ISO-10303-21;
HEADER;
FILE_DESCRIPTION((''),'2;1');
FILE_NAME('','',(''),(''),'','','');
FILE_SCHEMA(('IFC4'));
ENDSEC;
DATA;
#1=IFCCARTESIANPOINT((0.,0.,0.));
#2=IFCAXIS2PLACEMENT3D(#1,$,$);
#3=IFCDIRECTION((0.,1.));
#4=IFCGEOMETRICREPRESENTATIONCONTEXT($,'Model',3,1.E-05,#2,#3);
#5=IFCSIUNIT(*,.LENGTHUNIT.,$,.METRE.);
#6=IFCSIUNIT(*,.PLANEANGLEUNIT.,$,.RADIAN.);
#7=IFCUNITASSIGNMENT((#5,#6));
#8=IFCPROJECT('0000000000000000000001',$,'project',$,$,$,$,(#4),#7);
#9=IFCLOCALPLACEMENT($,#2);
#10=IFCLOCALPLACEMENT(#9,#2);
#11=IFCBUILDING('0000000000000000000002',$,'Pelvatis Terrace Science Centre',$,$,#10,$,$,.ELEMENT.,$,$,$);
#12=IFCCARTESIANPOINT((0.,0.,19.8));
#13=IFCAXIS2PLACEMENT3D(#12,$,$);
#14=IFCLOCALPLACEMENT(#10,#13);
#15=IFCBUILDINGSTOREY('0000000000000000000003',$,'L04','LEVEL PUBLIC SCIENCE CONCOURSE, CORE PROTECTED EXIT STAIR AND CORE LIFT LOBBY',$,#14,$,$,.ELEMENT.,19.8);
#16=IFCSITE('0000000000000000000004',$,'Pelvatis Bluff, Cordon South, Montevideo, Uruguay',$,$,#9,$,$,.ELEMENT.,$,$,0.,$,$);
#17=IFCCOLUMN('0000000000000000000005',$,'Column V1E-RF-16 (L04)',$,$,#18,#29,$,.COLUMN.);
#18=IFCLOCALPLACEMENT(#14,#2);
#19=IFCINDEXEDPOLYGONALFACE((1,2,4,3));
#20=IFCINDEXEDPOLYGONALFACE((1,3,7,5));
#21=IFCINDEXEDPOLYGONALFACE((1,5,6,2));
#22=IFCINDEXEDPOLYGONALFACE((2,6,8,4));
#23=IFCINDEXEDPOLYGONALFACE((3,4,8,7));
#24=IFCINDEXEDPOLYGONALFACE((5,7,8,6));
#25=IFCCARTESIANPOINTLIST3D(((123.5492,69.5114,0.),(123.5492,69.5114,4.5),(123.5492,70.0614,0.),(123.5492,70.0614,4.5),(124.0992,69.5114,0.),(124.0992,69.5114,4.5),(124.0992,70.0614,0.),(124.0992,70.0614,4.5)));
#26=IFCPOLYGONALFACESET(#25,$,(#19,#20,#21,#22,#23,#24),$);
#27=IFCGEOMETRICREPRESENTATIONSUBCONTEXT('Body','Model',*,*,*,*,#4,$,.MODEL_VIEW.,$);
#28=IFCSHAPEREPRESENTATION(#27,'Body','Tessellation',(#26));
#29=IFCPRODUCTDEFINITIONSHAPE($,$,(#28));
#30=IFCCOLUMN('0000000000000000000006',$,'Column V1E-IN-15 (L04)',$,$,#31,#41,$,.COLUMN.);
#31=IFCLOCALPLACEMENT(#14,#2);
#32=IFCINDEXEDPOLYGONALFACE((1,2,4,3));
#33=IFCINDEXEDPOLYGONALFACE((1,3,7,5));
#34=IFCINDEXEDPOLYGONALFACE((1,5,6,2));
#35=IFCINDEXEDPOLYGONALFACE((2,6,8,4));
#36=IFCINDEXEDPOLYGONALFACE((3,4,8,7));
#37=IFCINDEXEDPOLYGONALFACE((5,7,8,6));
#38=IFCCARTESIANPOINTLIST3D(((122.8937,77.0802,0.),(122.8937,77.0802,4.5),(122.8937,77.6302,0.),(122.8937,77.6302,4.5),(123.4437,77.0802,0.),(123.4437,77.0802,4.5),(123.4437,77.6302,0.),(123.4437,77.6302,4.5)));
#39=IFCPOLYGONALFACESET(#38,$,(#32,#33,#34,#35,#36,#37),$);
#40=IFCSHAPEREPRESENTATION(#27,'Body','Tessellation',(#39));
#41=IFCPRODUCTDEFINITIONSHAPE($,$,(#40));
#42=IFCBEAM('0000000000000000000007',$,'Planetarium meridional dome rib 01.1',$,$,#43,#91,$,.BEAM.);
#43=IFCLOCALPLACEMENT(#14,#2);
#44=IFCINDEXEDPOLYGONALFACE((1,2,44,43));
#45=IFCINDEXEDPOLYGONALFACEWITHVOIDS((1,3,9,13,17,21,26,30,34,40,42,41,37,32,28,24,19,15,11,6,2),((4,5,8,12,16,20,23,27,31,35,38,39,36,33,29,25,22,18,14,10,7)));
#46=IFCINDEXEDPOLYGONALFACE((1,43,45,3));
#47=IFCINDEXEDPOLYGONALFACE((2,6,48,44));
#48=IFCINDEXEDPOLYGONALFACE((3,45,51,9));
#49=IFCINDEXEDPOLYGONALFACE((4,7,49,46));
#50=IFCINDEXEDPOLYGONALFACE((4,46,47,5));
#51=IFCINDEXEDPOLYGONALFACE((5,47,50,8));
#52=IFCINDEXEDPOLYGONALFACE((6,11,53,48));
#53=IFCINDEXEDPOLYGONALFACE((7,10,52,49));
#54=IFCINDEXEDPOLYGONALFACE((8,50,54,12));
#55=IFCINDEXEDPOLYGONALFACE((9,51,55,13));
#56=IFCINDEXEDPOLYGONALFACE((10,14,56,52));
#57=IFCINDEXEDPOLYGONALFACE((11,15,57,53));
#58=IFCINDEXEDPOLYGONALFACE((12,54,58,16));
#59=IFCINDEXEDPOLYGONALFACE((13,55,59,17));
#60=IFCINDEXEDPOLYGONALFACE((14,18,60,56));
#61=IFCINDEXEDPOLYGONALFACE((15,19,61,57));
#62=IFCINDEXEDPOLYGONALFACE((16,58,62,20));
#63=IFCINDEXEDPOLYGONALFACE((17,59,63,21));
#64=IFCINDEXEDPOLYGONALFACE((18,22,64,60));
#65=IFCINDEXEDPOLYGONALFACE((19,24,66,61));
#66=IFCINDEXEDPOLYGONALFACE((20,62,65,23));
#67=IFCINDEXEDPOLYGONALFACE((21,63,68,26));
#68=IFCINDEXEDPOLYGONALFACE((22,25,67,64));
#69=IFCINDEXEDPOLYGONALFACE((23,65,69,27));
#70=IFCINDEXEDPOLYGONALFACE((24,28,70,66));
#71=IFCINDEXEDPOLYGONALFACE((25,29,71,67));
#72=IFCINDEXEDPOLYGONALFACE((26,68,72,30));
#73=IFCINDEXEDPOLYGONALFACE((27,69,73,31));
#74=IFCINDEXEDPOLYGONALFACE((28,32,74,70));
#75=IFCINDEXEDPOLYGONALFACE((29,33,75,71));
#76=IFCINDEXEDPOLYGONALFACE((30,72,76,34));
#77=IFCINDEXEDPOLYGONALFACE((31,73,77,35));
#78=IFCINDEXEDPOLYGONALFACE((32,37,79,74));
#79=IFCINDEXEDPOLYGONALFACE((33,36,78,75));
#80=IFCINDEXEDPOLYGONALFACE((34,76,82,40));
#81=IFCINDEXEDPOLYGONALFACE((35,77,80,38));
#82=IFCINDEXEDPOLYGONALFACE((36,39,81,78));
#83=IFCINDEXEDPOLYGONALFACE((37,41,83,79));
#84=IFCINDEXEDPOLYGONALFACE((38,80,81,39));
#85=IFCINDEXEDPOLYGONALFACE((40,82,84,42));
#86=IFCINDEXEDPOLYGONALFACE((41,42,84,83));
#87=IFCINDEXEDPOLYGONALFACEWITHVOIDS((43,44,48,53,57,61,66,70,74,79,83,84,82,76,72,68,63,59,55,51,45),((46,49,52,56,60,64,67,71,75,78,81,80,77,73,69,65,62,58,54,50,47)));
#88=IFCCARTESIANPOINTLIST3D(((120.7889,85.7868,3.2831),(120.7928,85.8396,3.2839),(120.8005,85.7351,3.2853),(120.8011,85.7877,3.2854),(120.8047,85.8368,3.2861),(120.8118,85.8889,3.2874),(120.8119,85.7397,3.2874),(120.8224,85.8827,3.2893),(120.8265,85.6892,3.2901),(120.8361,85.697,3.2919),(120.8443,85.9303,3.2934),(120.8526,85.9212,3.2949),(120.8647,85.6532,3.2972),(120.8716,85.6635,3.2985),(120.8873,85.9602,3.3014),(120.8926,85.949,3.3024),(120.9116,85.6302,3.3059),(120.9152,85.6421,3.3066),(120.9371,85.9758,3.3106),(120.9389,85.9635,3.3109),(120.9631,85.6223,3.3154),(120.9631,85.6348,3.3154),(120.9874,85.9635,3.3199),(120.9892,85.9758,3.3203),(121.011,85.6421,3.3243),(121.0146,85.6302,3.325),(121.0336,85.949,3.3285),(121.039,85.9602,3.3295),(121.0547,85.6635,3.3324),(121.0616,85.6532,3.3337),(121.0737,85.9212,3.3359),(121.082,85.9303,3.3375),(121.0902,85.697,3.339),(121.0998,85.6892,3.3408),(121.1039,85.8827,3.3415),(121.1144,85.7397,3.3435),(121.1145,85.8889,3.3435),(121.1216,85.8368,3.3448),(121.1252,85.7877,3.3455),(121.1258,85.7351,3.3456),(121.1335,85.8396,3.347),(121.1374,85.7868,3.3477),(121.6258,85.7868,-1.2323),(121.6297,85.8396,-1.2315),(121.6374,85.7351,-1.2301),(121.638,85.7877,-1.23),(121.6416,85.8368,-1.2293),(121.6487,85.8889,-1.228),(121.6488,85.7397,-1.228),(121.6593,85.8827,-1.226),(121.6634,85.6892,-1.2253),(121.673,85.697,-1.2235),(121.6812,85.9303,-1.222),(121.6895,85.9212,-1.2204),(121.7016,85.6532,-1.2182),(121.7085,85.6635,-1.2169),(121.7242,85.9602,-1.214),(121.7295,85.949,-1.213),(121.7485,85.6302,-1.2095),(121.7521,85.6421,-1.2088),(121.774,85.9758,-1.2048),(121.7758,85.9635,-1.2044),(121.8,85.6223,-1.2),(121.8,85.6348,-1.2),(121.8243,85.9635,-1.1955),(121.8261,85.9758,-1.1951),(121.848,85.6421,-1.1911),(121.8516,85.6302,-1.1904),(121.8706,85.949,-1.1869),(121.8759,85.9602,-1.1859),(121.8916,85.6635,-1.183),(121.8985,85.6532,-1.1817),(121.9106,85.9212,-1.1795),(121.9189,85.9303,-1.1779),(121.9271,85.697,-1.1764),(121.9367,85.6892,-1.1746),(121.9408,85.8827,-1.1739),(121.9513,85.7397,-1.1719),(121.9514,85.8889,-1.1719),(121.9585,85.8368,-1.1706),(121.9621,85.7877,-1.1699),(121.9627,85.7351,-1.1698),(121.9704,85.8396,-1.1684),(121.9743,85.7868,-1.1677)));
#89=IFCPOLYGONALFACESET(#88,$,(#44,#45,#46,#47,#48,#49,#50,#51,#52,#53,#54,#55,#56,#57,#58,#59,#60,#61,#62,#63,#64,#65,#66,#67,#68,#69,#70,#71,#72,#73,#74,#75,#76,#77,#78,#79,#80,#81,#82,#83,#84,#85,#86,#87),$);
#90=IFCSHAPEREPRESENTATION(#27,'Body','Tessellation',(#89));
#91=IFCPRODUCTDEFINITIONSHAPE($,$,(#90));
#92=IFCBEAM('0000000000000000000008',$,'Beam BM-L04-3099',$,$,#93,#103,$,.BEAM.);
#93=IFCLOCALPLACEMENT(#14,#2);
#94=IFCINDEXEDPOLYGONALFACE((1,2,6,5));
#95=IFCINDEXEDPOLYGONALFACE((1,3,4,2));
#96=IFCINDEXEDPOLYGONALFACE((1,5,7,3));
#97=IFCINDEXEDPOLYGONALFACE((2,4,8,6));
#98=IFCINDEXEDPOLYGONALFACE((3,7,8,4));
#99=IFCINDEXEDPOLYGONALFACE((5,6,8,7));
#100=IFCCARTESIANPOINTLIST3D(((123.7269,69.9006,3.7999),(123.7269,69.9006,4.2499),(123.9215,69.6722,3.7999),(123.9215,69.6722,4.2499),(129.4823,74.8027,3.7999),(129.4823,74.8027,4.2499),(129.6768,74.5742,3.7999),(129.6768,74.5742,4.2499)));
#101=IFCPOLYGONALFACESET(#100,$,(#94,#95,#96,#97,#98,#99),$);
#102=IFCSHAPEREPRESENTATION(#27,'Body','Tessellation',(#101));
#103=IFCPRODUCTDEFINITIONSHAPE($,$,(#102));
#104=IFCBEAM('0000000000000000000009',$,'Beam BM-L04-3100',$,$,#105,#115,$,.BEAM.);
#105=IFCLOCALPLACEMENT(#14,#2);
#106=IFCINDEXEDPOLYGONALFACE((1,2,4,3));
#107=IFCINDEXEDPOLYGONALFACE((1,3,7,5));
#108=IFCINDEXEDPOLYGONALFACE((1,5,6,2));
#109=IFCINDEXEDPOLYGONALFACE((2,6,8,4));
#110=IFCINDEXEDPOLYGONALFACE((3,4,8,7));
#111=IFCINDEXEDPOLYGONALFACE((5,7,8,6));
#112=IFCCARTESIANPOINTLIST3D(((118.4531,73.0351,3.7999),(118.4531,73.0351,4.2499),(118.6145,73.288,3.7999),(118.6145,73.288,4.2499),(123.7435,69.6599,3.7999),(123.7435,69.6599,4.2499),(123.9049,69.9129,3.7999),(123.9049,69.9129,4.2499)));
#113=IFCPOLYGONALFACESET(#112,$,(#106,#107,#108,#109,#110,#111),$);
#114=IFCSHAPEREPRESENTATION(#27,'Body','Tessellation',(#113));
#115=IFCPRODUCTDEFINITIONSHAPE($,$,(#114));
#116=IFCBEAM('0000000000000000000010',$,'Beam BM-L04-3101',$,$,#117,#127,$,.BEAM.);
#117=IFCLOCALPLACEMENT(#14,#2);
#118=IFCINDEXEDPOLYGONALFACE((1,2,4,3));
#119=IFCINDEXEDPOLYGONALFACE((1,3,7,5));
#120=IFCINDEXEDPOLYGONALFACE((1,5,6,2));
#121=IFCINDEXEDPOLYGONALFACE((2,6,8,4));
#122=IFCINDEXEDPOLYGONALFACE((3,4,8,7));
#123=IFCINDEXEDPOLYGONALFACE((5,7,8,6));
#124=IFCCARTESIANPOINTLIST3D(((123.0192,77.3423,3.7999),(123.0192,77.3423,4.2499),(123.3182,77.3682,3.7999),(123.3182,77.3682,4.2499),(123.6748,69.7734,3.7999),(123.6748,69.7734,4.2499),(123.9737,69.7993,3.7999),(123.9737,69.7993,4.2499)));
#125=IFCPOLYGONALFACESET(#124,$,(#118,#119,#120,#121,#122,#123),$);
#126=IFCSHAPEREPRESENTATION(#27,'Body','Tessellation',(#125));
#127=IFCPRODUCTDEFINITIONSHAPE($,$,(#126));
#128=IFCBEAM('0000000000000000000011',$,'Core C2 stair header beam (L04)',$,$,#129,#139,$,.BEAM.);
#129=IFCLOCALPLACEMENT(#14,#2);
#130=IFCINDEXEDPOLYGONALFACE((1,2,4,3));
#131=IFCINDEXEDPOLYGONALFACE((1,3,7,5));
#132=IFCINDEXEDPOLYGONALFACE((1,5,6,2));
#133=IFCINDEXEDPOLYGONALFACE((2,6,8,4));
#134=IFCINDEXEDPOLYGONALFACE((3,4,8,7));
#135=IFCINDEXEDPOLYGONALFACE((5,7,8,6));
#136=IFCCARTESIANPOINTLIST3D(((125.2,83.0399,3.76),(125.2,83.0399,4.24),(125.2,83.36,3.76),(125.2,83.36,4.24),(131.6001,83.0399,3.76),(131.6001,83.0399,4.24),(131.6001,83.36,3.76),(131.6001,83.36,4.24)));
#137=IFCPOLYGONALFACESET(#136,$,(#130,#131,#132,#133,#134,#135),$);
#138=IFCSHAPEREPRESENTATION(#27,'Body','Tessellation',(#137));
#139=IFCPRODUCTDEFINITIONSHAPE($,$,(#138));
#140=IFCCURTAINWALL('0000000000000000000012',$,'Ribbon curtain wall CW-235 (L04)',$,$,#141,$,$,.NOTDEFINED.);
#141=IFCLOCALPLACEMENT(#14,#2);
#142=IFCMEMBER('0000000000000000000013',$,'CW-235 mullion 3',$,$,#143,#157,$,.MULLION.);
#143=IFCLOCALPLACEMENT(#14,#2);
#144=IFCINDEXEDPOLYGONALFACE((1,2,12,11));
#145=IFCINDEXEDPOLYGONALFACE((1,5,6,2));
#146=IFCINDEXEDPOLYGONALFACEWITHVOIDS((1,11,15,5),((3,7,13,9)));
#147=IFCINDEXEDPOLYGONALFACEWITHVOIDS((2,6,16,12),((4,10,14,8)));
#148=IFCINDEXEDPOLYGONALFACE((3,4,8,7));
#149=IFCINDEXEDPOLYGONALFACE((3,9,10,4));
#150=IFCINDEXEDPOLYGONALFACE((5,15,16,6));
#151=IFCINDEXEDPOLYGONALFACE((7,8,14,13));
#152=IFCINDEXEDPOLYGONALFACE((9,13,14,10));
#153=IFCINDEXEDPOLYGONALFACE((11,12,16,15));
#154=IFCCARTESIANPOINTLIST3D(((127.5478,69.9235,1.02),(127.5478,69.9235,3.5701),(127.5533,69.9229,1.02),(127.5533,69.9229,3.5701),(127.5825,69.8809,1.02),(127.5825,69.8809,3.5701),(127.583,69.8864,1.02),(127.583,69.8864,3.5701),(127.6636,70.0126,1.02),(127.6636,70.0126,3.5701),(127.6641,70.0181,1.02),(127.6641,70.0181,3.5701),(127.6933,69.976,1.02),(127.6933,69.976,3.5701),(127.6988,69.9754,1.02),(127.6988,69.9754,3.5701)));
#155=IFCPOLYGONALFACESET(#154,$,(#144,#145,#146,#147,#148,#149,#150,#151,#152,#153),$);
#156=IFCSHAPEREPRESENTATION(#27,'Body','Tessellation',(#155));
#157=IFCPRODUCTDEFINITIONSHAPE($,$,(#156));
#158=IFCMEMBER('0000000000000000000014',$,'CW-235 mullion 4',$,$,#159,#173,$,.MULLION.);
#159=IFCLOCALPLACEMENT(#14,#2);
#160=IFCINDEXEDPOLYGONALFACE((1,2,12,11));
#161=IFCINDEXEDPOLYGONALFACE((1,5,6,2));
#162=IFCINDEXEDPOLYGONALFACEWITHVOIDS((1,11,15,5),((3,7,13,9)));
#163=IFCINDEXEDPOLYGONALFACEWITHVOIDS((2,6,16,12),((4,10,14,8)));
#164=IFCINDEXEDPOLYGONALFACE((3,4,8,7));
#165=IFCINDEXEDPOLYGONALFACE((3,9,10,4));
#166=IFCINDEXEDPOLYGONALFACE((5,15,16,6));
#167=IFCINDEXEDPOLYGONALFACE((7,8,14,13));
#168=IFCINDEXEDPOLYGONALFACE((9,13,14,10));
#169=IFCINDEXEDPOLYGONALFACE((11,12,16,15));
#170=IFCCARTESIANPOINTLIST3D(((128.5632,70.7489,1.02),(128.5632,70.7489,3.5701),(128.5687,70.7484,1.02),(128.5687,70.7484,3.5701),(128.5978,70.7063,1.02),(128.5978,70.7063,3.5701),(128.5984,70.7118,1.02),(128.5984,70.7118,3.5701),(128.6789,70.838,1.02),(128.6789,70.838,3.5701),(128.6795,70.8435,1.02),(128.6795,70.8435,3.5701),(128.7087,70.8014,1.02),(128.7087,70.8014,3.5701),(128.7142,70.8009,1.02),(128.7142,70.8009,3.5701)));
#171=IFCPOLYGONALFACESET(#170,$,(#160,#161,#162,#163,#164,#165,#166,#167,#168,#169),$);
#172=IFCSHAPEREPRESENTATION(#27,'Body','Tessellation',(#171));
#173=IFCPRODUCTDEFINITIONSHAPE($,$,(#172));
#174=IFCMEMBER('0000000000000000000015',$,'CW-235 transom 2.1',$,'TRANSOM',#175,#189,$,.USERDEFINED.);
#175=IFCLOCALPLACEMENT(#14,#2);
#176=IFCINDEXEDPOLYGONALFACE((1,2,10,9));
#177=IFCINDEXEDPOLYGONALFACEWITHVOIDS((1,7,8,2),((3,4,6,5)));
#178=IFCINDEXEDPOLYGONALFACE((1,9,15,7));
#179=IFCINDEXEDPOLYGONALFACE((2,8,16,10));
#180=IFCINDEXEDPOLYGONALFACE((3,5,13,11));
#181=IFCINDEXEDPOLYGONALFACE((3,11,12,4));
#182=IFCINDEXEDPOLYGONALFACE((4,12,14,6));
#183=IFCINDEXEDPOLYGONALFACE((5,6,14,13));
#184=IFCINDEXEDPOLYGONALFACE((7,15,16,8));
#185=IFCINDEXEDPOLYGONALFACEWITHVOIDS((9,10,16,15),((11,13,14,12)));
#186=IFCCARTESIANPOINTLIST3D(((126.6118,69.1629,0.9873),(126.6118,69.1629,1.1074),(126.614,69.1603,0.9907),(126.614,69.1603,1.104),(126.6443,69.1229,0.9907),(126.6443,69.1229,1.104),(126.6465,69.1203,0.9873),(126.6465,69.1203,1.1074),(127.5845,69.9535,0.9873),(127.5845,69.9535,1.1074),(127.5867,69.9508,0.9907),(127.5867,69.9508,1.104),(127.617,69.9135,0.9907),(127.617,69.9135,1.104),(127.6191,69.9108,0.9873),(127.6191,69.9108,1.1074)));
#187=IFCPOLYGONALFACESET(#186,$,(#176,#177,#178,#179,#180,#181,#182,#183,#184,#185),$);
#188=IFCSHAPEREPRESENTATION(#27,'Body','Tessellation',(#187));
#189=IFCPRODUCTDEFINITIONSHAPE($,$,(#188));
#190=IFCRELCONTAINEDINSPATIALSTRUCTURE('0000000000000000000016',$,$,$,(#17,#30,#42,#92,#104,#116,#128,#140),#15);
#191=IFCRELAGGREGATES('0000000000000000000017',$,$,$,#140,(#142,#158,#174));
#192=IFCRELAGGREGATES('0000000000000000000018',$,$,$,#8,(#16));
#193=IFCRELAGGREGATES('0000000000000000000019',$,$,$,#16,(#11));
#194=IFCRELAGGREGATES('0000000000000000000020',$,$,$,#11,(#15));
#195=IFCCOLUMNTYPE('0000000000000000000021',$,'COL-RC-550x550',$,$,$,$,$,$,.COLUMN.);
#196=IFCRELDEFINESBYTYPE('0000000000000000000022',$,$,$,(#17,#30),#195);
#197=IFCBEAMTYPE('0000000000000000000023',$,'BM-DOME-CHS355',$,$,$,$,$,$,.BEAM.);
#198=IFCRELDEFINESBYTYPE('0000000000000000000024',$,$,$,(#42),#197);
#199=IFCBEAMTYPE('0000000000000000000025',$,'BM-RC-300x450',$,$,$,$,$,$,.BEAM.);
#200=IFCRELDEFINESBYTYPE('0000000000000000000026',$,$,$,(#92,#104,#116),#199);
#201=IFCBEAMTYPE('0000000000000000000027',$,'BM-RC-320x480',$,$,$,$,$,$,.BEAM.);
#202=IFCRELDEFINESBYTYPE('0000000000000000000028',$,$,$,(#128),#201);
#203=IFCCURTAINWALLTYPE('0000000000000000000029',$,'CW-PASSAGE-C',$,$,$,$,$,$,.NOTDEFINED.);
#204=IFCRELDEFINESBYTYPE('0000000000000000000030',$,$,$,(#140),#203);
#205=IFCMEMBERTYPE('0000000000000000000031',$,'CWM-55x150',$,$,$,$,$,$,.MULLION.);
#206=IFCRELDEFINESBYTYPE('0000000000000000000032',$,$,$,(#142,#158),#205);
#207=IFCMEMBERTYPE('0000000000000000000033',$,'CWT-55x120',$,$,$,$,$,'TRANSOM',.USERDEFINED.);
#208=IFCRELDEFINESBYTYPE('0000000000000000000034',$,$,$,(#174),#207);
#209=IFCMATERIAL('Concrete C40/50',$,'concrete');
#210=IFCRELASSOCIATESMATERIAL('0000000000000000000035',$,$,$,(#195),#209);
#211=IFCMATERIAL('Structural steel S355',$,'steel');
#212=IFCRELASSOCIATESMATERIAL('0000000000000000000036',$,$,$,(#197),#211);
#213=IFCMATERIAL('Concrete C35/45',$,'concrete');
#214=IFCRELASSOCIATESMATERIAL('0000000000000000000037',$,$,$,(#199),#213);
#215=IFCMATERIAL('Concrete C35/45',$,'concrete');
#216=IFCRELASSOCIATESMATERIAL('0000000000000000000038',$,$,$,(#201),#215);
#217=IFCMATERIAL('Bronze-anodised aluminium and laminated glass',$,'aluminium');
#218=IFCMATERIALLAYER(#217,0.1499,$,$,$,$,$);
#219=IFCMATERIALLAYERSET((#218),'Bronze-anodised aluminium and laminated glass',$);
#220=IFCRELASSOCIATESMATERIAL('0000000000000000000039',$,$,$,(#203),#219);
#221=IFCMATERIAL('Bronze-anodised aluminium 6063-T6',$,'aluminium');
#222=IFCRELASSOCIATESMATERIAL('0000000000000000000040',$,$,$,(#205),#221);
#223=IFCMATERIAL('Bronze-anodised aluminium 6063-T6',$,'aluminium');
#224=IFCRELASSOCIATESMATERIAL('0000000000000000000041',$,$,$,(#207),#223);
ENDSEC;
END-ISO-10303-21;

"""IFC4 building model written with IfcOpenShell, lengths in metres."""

from ifc_helpers import new_model, si_unit, direction, frame, origin, origin_2d, place, context, subcontext, project, spatial, rectangle, hollow_rectangle, hollow_circle, extrude, material, layer, layer_set, material_profile, profile_set, type_object, element, aggregate, save


model = new_model("IFC4")

# Units and contexts
model_context = context("Model", 3, precision=1e-05, world=origin(), true_north=direction((0.0, 1.0)))
body_context = subcontext(model_context, "Body", "Model", "MODEL_VIEW")
ifc_project = project(units=[si_unit("LENGTHUNIT", "METRE"), si_unit("PLANEANGLEUNIT", "RADIAN")], contexts=[model_context])

# Site, building, storey
site_placement = place(None, origin())
site = spatial("IfcSite", under=ifc_project, at=site_placement, Name="Pelvatis Bluff, Cordon South, Montevideo, Uruguay", CompositionType="ELEMENT", RefElevation=0.0)
building_placement = place(site_placement, origin())
building = spatial("IfcBuilding", under=site, at=building_placement, Name="Pelvatis Terrace Science Centre", CompositionType="ELEMENT")
storey_placement = place(building_placement, frame((0.0, 0.0, 19.8)))
storey = spatial("IfcBuildingStorey", under=building, at=storey_placement, Name="L04", Description="LEVEL PUBLIC SCIENCE CONCOURSE, CORE PROTECTED EXIT STAIR AND CORE LIFT LOBBY", CompositionType="ELEMENT", Elevation=19.8)

# Columns
ifc_material_1 = material(Name="Concrete C40/50", Category="concrete")
ifc_material_profile_1 = material_profile(ifc_material_1, rectangle(XDim=0.55, YDim=0.55, at=origin_2d()), Name="RC-COL 550x550")
ifc_profile_set_1 = profile_set([ifc_material_profile_1], Name="Concrete C40/50")
column_type = type_object("IfcColumnType", Name="COL-RC-550x550", PredefinedType="COLUMN", material=ifc_profile_set_1)
for number, where, z_axis, x_axis, name in (
    (1, (123.8242, 69.7864, 0.0), (0.0, 0.0, 1.0), (1.0, 0.0, 0.0), "Column V1E-RF-16 (L04)"),
    (2, (123.1687, 77.3552, 0.0), (0.0, 0.0, 1.0), (1.0, 0.0, 0.0), "Column V1E-IN-15 (L04)"),
):
    element("IfcColumn", number, at=place(storey_placement, frame(where, z_axis=z_axis, x_axis=x_axis)), inside=storey, type_object=column_type, Name=name, PredefinedType="COLUMN", context=body_context, shape_type="SweptSolid", body=[
        extrude(rectangle(XDim=0.55, YDim=0.55, at=origin_2d()), origin(), (0.0, 0.0, 1.0), 4.5),
    ])

# Beams
ifc_material_2 = material(Name="Structural steel S355", Category="steel")
ifc_material_profile_2 = material_profile(ifc_material_2, hollow_circle(Radius=0.1777, WallThickness=0.0125, at=origin_2d()), Name="CHS 355.6x12.5")
ifc_profile_set_2 = profile_set([ifc_material_profile_2], Name="Structural steel S355")
beam_type_1 = type_object("IfcBeamType", Name="BM-DOME-CHS355", PredefinedType="BEAM", material=ifc_profile_set_2)
beam_1_placement = place(storey_placement, frame((121.8, 85.8, -1.2), z_axis=(-0.182243, 0.0, 0.983253), x_axis=(0.0, -1.0, 0.0)))
element("IfcBeam", 3, at=beam_1_placement, inside=storey, type_object=beam_type_1, Name="Planetarium meridional dome rib 01.1", PredefinedType="BEAM", context=body_context, shape_type="SweptSolid", body=[
    extrude(hollow_circle(Radius=0.1777, WallThickness=0.0125, at=origin_2d()), origin(), (0.0, 0.0, 1.0), 4.5923),
])
ifc_material_3 = material(Name="Concrete C35/45", Category="concrete")
ifc_material_profile_3 = material_profile(ifc_material_3, rectangle(XDim=0.3, YDim=0.45, at=origin_2d()), Name="RC-BM 300x450")
ifc_profile_set_3 = profile_set([ifc_material_profile_3], Name="Concrete C35/45")
beam_type_2 = type_object("IfcBeamType", Name="BM-RC-300x450", PredefinedType="BEAM", material=ifc_profile_set_3)
beam_2_placement = place(storey_placement, frame((123.8242, 69.7864, 4.0249), z_axis=(0.761284, 0.648419, 0.0), x_axis=(-0.648419, 0.761284, 0.0)))
element("IfcBeam", 4, at=beam_2_placement, inside=storey, type_object=beam_type_2, Name="Beam BM-L04-3099", PredefinedType="BEAM", context=body_context, shape_type="SweptSolid", body=[
    extrude(rectangle(XDim=0.3, YDim=0.45, at=origin_2d()), origin(), (0.0, 0.0, 1.0), 7.5601),
])
beam_3_placement = place(storey_placement, frame((123.8242, 69.7864, 4.0249), z_axis=(-0.843044, 0.537844, 0.0), x_axis=(-0.537844, -0.843044, 0.0)))
element("IfcBeam", 5, at=beam_3_placement, inside=storey, type_object=beam_type_2, Name="Beam BM-L04-3100", PredefinedType="BEAM", context=body_context, shape_type="SweptSolid", body=[
    extrude(rectangle(XDim=0.3, YDim=0.45, at=origin_2d()), origin(), (0.0, 0.0, 1.0), 6.2754),
])
beam_4_placement = place(storey_placement, frame((123.8242, 69.7864, 4.0249), z_axis=(-0.086284, 0.996271, 0.0), x_axis=(-0.996271, -0.086284, 0.0)))
element("IfcBeam", 6, at=beam_4_placement, inside=storey, type_object=beam_type_2, Name="Beam BM-L04-3101", PredefinedType="BEAM", context=body_context, shape_type="SweptSolid", body=[
    extrude(rectangle(XDim=0.3, YDim=0.45, at=origin_2d()), origin(), (0.0, 0.0, 1.0), 7.5972),
])
ifc_material_4 = material(Name="Concrete C35/45", Category="concrete")
ifc_material_profile_4 = material_profile(ifc_material_4, rectangle(XDim=0.3201, YDim=0.48, at=origin_2d()), Name="RC-BM 320x480")
ifc_profile_set_4 = profile_set([ifc_material_profile_4], Name="Concrete C35/45")
beam_type_3 = type_object("IfcBeamType", Name="BM-RC-320x480", PredefinedType="BEAM", material=ifc_profile_set_4)
beam_5_placement = place(storey_placement, frame((125.2, 83.2, 4.0), z_axis=(1.0, 0.0, 0.0), x_axis=(0.0, 1.0, 0.0)))
element("IfcBeam", 7, at=beam_5_placement, inside=storey, type_object=beam_type_3, Name="Core C2 stair header beam (L04)", PredefinedType="BEAM", context=body_context, shape_type="SweptSolid", body=[
    extrude(rectangle(XDim=0.3201, YDim=0.48, at=origin_2d()), origin(), (0.0, 0.0, 1.0), 6.4001),
])

# Curtain wall, members
ifc_material_5 = material(Name="Bronze-anodised aluminium and laminated glass", Category="aluminium")
ifc_layer_1 = layer(ifc_material_5, 0.1499)
ifc_layer_set_1 = layer_set([ifc_layer_1], Name="Bronze-anodised aluminium and laminated glass")
curtain_wall_type = type_object("IfcCurtainWallType", Name="CW-PASSAGE-C", PredefinedType="NOTDEFINED", material=ifc_layer_set_1)
curtain_wall_placement = place(storey_placement, origin())
curtain_wall = element("IfcCurtainWall", 8, at=curtain_wall_placement, inside=storey, type_object=curtain_wall_type, Name="Ribbon curtain wall CW-235 (L04)", PredefinedType="NOTDEFINED")
ifc_material_6 = material(Name="Bronze-anodised aluminium 6063-T6", Category="aluminium")
ifc_material_profile_5 = material_profile(ifc_material_6, hollow_rectangle(XDim=0.0549, YDim=0.1499, WallThickness=0.0039, at=origin_2d()), Name="ALU-MUL 55x150")
ifc_profile_set_5 = profile_set([ifc_material_profile_5], Name="Bronze-anodised aluminium 6063-T6")
member_type_1 = type_object("IfcMemberType", Name="CWM-55x150", PredefinedType="MULLION", material=ifc_profile_set_5)
member_1_placement = place(storey_placement, frame((127.6233, 69.9495, 1.02), z_axis=(0.0, 0.0, 1.0), x_axis=(-0.630757, 0.77598, 0.0)))
member_1 = element("IfcMember", 9, at=member_1_placement, type_object=member_type_1, Name="CW-235 mullion 3", PredefinedType="MULLION", context=body_context, shape_type="SweptSolid", body=[
    extrude(hollow_rectangle(XDim=0.0549, YDim=0.1499, WallThickness=0.0039, at=origin_2d()), origin(), (0.0, 0.0, 1.0), 2.55),
])
member_2_placement = place(storey_placement, frame((128.6387, 70.7749, 1.02), z_axis=(0.0, 0.0, 1.0), x_axis=(-0.630757, 0.77598, 0.0)))
member_2 = element("IfcMember", 10, at=member_2_placement, type_object=member_type_1, Name="CW-235 mullion 4", PredefinedType="MULLION", context=body_context, shape_type="SweptSolid", body=[
    extrude(hollow_rectangle(XDim=0.0549, YDim=0.1499, WallThickness=0.0039, at=origin_2d()), origin(), (0.0, 0.0, 1.0), 2.55),
])
ifc_material_7 = material(Name="Bronze-anodised aluminium 6063-T6", Category="aluminium")
ifc_material_profile_6 = material_profile(ifc_material_7, hollow_rectangle(XDim=0.0549, YDim=0.1201, WallThickness=0.0034, at=origin_2d()), Name="ALU-TRN 55x120")
ifc_profile_set_6 = profile_set([ifc_material_profile_6], Name="Bronze-anodised aluminium 6063-T6")
member_type_2 = type_object("IfcMemberType", Name="CWT-55x120", ElementType="TRANSOM", PredefinedType="USERDEFINED", material=ifc_profile_set_6)
member_3_placement = place(storey_placement, frame((126.6292, 69.1416, 1.0474), z_axis=(0.776019, 0.63071, 0.0), x_axis=(-0.63071, 0.776019, 0.0)))
member_3 = element("IfcMember", 11, at=member_3_placement, type_object=member_type_2, Name="CW-235 transom 2.1", ObjectType="TRANSOM", PredefinedType="USERDEFINED", context=body_context, shape_type="SweptSolid", body=[
    extrude(hollow_rectangle(XDim=0.0549, YDim=0.1201, WallThickness=0.0034, at=origin_2d()), origin(), (0.0, 0.0, 1.0), 1.2534),
])

aggregate(curtain_wall, [member_1, member_2, member_3])

save(model, "model.ifc")
